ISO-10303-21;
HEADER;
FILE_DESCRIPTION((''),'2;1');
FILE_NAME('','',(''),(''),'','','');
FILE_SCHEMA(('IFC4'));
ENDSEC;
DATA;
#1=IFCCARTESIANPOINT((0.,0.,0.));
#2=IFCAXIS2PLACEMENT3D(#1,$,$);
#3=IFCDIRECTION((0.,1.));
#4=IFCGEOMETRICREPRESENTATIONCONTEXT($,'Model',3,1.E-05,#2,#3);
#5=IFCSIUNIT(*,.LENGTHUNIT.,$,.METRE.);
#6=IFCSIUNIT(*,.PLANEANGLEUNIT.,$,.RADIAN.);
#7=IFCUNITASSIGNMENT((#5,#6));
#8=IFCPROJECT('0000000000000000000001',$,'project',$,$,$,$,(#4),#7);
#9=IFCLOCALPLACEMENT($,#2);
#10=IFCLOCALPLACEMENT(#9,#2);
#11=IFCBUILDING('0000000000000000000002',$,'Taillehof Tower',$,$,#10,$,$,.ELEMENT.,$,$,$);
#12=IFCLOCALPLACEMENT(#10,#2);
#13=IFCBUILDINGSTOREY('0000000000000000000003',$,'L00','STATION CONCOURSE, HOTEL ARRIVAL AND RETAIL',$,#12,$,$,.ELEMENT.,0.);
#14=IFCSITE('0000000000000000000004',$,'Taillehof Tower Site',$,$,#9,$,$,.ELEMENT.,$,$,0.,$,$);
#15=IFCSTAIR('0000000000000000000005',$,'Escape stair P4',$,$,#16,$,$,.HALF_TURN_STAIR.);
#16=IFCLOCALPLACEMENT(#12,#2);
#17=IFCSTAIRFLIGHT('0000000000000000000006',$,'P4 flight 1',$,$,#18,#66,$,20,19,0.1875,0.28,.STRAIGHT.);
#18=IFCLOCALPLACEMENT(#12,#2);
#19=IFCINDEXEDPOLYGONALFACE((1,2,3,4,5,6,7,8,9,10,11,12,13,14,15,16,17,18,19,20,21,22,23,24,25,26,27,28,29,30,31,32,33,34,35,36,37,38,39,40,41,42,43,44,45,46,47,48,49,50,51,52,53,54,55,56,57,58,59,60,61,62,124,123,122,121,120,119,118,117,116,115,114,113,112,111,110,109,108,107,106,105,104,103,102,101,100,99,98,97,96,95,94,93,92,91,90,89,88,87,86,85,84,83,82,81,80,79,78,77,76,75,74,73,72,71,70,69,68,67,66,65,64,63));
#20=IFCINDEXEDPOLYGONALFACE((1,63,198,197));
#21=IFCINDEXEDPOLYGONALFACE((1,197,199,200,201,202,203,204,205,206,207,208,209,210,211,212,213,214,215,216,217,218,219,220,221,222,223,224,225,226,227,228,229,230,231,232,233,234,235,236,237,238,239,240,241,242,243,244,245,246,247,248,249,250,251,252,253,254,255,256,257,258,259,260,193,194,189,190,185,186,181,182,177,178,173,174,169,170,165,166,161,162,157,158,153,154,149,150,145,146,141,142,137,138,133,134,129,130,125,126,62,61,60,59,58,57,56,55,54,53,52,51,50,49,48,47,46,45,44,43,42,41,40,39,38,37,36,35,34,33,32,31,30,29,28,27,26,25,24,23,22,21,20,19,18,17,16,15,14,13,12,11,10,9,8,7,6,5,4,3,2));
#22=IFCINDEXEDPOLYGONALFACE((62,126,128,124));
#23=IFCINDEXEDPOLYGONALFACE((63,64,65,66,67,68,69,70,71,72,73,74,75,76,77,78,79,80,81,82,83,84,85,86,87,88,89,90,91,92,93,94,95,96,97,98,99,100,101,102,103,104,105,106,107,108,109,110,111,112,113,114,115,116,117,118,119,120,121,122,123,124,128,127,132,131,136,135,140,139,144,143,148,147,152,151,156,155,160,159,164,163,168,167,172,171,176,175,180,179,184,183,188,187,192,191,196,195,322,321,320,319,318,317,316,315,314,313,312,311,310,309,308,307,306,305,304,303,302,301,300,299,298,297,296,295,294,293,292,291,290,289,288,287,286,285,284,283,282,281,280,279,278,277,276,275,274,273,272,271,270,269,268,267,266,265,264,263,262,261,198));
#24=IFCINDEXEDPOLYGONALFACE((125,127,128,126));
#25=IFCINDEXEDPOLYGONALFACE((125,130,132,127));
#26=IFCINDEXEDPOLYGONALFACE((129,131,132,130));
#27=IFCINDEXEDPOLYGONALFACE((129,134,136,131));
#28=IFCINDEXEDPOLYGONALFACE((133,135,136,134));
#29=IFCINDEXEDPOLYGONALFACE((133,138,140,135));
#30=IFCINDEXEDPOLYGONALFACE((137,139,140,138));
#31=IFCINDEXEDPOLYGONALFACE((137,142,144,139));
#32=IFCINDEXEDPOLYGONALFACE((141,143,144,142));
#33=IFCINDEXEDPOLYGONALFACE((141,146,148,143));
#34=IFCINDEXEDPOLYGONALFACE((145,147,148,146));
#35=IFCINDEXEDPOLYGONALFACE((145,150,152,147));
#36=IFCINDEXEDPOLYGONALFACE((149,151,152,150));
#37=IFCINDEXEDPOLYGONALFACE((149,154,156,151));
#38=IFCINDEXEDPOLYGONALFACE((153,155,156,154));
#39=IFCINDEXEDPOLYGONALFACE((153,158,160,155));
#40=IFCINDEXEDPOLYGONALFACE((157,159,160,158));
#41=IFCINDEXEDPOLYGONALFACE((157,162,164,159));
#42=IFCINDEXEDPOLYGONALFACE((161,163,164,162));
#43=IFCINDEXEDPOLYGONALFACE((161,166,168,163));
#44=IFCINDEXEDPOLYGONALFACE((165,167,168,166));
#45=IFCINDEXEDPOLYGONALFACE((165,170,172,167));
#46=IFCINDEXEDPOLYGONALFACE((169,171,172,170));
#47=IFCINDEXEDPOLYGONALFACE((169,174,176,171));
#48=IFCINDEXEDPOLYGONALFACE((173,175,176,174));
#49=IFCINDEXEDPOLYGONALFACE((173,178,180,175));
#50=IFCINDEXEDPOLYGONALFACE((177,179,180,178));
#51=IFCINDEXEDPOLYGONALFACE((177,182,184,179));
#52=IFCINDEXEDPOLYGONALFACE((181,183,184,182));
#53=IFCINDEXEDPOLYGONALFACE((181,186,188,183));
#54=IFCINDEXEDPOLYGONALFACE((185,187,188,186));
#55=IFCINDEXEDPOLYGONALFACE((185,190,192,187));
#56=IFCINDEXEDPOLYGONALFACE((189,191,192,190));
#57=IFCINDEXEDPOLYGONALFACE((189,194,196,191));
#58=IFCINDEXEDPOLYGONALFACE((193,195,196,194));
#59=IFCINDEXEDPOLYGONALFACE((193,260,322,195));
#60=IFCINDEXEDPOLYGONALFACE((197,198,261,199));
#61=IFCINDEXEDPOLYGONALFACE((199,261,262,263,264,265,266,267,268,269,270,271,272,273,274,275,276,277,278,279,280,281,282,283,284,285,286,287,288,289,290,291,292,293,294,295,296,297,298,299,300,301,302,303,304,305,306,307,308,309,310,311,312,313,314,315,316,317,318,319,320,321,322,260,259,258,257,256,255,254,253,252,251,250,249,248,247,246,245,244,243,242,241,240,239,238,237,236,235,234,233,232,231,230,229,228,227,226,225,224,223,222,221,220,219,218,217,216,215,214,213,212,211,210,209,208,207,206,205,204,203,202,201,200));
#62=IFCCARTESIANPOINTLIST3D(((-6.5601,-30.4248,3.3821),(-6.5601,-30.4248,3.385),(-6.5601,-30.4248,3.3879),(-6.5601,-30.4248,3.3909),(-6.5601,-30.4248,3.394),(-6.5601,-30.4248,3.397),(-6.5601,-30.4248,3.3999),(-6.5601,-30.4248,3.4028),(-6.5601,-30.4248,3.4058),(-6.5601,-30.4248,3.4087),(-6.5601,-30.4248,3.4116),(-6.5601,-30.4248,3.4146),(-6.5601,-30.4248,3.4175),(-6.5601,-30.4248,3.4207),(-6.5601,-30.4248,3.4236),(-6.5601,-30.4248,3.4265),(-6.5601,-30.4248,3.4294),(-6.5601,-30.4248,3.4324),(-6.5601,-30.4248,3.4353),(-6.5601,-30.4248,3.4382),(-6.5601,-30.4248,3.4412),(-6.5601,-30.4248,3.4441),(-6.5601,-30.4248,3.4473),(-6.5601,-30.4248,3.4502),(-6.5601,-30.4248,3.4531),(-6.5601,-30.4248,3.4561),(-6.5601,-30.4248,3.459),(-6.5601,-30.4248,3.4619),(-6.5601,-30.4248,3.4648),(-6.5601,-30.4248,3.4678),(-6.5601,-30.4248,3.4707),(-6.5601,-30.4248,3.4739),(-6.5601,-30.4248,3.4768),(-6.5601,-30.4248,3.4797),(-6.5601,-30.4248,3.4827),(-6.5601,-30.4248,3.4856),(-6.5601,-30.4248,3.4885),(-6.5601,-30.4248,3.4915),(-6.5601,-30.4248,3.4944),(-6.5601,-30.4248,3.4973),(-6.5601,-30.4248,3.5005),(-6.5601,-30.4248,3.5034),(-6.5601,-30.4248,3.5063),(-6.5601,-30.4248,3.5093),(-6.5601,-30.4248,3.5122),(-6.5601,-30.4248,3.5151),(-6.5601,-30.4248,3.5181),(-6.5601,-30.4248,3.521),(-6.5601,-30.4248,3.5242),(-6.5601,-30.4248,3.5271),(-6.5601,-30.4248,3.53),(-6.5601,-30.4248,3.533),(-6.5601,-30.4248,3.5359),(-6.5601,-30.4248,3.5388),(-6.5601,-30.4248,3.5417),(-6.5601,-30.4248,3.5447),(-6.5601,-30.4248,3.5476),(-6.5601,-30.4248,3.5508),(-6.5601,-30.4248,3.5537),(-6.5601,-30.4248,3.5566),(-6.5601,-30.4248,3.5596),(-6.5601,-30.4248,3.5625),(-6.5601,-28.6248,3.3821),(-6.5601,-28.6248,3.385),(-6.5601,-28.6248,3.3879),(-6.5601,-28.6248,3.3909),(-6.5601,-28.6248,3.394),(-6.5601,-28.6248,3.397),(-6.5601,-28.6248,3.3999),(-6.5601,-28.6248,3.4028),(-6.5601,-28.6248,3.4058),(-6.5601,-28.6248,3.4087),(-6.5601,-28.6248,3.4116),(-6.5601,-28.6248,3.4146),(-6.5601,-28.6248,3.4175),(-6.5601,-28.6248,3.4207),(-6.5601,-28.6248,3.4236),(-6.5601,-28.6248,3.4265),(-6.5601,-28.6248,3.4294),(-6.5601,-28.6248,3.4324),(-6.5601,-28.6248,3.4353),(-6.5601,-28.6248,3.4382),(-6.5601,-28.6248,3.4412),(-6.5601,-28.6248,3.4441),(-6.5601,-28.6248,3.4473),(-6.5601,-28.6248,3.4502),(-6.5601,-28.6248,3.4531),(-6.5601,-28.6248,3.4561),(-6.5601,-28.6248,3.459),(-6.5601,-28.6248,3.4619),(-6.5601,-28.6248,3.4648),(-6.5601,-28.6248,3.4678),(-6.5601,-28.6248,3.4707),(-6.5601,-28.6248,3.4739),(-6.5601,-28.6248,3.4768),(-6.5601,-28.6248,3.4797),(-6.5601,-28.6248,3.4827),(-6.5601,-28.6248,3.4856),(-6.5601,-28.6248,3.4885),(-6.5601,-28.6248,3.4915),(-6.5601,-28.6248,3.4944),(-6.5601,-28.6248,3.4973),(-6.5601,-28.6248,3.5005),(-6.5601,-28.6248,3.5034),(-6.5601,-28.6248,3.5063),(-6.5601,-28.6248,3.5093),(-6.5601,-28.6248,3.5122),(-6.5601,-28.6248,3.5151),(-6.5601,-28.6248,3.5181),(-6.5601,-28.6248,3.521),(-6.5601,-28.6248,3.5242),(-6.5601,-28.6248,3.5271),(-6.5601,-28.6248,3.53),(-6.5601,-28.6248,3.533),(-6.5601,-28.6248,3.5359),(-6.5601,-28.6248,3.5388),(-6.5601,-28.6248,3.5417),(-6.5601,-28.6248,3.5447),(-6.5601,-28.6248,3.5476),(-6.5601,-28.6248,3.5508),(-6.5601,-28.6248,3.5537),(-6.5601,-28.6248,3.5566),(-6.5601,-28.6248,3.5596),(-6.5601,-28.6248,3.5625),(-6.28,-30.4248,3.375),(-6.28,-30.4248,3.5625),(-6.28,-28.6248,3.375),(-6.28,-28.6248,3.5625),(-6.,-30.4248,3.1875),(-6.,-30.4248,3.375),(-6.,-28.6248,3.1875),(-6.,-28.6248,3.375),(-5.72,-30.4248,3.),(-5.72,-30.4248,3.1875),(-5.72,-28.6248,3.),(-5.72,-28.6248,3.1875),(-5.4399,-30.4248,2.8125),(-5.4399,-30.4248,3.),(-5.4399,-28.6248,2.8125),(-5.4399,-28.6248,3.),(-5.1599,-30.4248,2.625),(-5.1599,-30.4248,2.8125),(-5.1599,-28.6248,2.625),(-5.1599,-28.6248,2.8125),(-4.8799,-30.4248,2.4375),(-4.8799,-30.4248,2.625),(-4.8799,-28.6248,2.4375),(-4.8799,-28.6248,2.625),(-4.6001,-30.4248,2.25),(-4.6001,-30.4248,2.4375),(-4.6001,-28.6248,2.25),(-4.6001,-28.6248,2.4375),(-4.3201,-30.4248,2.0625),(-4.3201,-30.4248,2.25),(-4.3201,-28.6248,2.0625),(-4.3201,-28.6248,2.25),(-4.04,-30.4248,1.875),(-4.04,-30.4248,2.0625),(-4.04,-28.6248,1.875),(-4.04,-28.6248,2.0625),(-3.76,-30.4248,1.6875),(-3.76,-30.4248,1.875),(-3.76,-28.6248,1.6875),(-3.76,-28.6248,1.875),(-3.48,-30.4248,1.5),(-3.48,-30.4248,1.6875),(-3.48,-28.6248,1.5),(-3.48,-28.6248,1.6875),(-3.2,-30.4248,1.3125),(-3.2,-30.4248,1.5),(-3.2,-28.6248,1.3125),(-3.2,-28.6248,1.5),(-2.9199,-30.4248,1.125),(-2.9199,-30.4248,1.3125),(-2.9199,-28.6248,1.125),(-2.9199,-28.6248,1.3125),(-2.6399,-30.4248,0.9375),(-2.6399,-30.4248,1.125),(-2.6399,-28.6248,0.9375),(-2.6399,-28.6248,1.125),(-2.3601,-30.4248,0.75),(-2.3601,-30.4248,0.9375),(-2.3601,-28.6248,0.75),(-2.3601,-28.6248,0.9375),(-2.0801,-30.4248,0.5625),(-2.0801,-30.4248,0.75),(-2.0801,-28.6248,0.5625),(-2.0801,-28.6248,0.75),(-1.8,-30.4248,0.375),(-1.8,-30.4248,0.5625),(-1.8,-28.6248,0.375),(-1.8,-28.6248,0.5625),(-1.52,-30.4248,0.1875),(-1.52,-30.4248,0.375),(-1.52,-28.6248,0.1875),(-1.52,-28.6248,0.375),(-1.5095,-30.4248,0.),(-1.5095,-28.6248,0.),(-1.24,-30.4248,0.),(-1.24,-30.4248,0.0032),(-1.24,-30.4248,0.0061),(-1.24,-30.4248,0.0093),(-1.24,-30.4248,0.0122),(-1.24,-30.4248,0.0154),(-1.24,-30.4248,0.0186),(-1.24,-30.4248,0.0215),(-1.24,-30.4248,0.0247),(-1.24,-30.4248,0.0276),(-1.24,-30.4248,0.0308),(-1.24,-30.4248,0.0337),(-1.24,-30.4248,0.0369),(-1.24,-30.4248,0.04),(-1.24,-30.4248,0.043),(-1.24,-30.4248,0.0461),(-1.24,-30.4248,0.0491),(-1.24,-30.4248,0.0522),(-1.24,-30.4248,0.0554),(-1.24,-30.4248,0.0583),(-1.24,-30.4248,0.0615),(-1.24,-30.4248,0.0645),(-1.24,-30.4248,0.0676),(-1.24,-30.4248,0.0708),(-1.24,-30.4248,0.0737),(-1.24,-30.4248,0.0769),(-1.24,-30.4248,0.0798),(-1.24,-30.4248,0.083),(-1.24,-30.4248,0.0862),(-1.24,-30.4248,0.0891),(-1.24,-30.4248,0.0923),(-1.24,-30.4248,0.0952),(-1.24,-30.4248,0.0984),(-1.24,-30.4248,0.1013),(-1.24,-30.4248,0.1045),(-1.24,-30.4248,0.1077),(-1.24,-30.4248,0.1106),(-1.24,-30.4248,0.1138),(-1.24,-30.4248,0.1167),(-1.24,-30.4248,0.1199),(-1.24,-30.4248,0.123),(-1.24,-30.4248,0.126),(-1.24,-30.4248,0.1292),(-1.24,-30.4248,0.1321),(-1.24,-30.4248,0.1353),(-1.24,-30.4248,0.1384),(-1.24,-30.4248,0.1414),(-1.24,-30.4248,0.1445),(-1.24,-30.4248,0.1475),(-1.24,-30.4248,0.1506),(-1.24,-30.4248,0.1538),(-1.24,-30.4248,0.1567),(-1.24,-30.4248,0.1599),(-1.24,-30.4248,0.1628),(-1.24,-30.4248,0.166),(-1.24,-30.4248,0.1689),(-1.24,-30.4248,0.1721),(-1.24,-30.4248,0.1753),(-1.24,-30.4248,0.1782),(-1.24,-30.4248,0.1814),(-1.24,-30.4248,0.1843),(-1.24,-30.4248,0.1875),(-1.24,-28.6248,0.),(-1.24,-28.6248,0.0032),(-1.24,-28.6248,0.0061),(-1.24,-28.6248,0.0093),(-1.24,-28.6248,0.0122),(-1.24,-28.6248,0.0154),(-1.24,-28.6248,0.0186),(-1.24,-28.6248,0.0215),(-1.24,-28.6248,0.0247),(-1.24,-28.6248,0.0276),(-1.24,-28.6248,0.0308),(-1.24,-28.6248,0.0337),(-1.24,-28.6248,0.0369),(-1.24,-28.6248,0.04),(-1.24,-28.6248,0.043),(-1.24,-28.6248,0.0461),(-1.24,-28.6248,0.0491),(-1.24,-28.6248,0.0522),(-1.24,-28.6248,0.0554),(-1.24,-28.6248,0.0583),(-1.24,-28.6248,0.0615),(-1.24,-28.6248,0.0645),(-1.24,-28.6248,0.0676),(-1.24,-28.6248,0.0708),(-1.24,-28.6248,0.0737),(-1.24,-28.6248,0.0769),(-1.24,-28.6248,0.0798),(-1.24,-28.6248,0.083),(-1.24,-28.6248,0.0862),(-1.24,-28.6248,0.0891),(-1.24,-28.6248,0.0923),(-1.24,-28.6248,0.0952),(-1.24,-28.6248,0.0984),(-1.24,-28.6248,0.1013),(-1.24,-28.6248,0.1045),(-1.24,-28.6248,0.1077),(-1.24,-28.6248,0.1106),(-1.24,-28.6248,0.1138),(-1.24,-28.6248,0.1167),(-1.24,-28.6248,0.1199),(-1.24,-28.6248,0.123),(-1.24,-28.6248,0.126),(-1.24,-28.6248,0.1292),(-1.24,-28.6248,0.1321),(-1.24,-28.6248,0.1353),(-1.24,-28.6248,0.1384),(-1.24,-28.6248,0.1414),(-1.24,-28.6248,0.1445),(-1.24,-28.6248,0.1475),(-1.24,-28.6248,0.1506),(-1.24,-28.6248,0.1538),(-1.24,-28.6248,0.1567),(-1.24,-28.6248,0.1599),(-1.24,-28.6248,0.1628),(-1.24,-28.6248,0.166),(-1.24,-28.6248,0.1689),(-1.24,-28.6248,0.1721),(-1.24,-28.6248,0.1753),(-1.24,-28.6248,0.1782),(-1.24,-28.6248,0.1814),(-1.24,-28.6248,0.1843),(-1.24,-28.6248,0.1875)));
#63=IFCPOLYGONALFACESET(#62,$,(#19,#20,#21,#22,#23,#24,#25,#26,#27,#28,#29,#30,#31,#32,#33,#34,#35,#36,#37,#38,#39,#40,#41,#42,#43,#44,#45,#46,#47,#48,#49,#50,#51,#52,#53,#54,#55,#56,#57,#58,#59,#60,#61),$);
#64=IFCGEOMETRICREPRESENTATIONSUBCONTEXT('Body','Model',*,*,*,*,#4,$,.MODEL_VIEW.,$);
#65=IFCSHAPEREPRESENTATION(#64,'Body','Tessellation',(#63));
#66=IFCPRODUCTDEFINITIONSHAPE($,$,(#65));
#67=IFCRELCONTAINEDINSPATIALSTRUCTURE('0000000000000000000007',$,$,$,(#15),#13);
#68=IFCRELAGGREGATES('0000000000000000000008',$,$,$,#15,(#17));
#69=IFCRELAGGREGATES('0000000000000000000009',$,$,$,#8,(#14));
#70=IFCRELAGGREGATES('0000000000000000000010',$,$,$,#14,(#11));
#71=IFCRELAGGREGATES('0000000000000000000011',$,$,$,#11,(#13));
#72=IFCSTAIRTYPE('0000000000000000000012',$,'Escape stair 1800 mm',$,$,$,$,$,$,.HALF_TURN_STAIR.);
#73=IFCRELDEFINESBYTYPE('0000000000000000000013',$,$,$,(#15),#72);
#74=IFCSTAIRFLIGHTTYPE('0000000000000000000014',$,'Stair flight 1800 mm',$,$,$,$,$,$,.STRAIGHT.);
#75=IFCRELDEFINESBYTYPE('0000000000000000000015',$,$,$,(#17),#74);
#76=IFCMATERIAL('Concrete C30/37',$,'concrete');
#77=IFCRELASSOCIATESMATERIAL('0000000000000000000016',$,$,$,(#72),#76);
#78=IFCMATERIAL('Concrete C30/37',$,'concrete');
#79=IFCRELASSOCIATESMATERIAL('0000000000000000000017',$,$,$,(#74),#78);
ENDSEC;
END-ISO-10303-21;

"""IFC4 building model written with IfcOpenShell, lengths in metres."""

from ifc_helpers import new_model, si_unit, direction, frame, origin, place, context, subcontext, project, spatial, polyline, outline, extrude, material, type_object, element, aggregate, save


model = new_model("IFC4")

# Units and contexts
model_context = context("Model", 3, precision=1e-05, world=origin(), true_north=direction((0.0, 1.0)))
body_context = subcontext(model_context, "Body", "Model", "MODEL_VIEW")
ifc_project = project(units=[si_unit("LENGTHUNIT", "METRE"), si_unit("PLANEANGLEUNIT", "RADIAN")], contexts=[model_context])

# Site, building, storey
site_placement = place(None, origin())
site = spatial("IfcSite", under=ifc_project, at=site_placement, Name="Taillehof Tower Site", CompositionType="ELEMENT", RefElevation=0.0)
building_placement = place(site_placement, origin())
building = spatial("IfcBuilding", under=site, at=building_placement, Name="Taillehof Tower", CompositionType="ELEMENT")
storey_placement = place(building_placement, origin())
storey = spatial("IfcBuildingStorey", under=building, at=storey_placement, Name="L00", Description="STATION CONCOURSE, HOTEL ARRIVAL AND RETAIL", CompositionType="ELEMENT", Elevation=0.0)

# Stair, stair flight
ifc_material_1 = material(Name="Concrete C30/37", Category="concrete")
stair_type = type_object("IfcStairType", Name="Escape stair 1800 mm", PredefinedType="HALF_TURN_STAIR", material=ifc_material_1)
stair_placement = place(storey_placement, origin())
stair = element("IfcStair", 1, at=stair_placement, inside=storey, type_object=stair_type, Name="Escape stair P4", PredefinedType="HALF_TURN_STAIR")
ifc_material_2 = material(Name="Concrete C30/37", Category="concrete")
stair_flight_type = type_object("IfcStairFlightType", Name="Stair flight 1800 mm", PredefinedType="STRAIGHT", material=ifc_material_2)
stair_flight_placement = place(storey_placement, frame((-1.24, -29.5249, 0.0), z_axis=(0.0, 0.0, 1.0), x_axis=(-1.0, 0.0, 0.0)))
stair_flight = element("IfcStairFlight", 2, at=stair_flight_placement, type_object=stair_flight_type, Name="P4 flight 1", NumberOfRisers=20, NumberOfTreads=19, PredefinedType="STRAIGHT", RiserHeight=0.1875, TreadLength=0.28, context=body_context, shape_type="SweptSolid", body=[
    extrude(outline(polyline([(0.0, 0.0), (0.0, 0.0032), (0.0, 0.0061), (0.0, 0.0093), (0.0, 0.0122), (0.0, 0.0154), (0.0, 0.0186), (0.0, 0.0215), (0.0, 0.0247), (0.0, 0.0276), (0.0, 0.0308), (0.0, 0.0337), (0.0, 0.0369), (0.0, 0.04), (0.0, 0.043), (0.0, 0.0461), (0.0, 0.0491), (0.0, 0.0522), (0.0, 0.0554), (0.0, 0.0583), (0.0, 0.0615), (0.0, 0.0645), (0.0, 0.0676), (0.0, 0.0708), (0.0, 0.0737), (0.0, 0.0769), (0.0, 0.0798), (0.0, 0.083), (0.0, 0.0862), (0.0, 0.0891), (0.0, 0.0923), (0.0, 0.0952), (0.0, 0.0984), (0.0, 0.1013), (0.0, 0.1045), (0.0, 0.1077), (0.0, 0.1106), (0.0, 0.1138), (0.0, 0.1167), (0.0, 0.1199), (0.0, 0.123), (0.0, 0.126), (0.0, 0.1292), (0.0, 0.1321), (0.0, 0.1353), (0.0, 0.1384), (0.0, 0.1414), (0.0, 0.1445), (0.0, 0.1475), (0.0, 0.1506), (0.0, 0.1538), (0.0, 0.1567), (0.0, 0.1599), (0.0, 0.1628), (0.0, 0.166), (0.0, 0.1689), (0.0, 0.1721), (0.0, 0.1753), (0.0, 0.1782), (0.0, 0.1814), (0.0, 0.1843), (0.0, 0.1875), (0.28, 0.1875), (0.28, 0.375), (0.5601, 0.375), (0.5601, 0.5625), (0.8401, 0.5625), (0.8401, 0.75), (1.1201, 0.75), (1.1201, 0.9375), (1.3999, 0.9375), (1.3999, 1.125), (1.6799, 1.125), (1.6799, 1.3125), (1.96, 1.3125), (1.96, 1.5), (2.24, 1.5), (2.24, 1.6875), (2.52, 1.6875), (2.52, 1.875), (2.8, 1.875), (2.8, 2.0625), (3.0801, 2.0625), (3.0801, 2.25), (3.3601, 2.25), (3.3601, 2.4375), (3.6399, 2.4375), (3.6399, 2.625), (3.9199, 2.625), (3.9199, 2.8125), (4.2, 2.8125), (4.2, 3.0), (4.48, 3.0), (4.48, 3.1875), (4.76, 3.1875), (4.76, 3.375), (5.04, 3.375), (5.04, 3.5625), (5.3201, 3.5625), (5.3201, 3.5596), (5.3201, 3.5566), (5.3201, 3.5537), (5.3201, 3.5508), (5.3201, 3.5476), (5.3201, 3.5447), (5.3201, 3.5417), (5.3201, 3.5388), (5.3201, 3.5359), (5.3201, 3.533), (5.3201, 3.53), (5.3201, 3.5271), (5.3201, 3.5242), (5.3201, 3.521), (5.3201, 3.5181), (5.3201, 3.5151), (5.3201, 3.5122), (5.3201, 3.5093), (5.3201, 3.5063), (5.3201, 3.5034), (5.3201, 3.5005), (5.3201, 3.4973), (5.3201, 3.4944), (5.3201, 3.4915), (5.3201, 3.4885), (5.3201, 3.4856), (5.3201, 3.4827), (5.3201, 3.4797), (5.3201, 3.4768), (5.3201, 3.4739), (5.3201, 3.4707), (5.3201, 3.4678), (5.3201, 3.4648), (5.3201, 3.4619), (5.3201, 3.459), (5.3201, 3.4561), (5.3201, 3.4531), (5.3201, 3.4502), (5.3201, 3.4473), (5.3201, 3.4441), (5.3201, 3.4412), (5.3201, 3.4382), (5.3201, 3.4353), (5.3201, 3.4324), (5.3201, 3.4294), (5.3201, 3.4265), (5.3201, 3.4236), (5.3201, 3.4207), (5.3201, 3.4175), (5.3201, 3.4146), (5.3201, 3.4116), (5.3201, 3.4087), (5.3201, 3.4058), (5.3201, 3.4028), (5.3201, 3.3999), (5.3201, 3.397), (5.3201, 3.394), (5.3201, 3.3909), (5.3201, 3.3879), (5.3201, 3.385), (5.3201, 3.3821), (0.2695, 0.0), (0.0, 0.0)])), frame((0.0, 0.8999, 0.0), z_axis=(0.0, -1.0, 0.0), x_axis=(1.0, 0.0, 0.0)), (0.0, 0.0, 1.0), 1.8),
])
aggregate(stair, [stair_flight])

save(model, "model.ifc")
